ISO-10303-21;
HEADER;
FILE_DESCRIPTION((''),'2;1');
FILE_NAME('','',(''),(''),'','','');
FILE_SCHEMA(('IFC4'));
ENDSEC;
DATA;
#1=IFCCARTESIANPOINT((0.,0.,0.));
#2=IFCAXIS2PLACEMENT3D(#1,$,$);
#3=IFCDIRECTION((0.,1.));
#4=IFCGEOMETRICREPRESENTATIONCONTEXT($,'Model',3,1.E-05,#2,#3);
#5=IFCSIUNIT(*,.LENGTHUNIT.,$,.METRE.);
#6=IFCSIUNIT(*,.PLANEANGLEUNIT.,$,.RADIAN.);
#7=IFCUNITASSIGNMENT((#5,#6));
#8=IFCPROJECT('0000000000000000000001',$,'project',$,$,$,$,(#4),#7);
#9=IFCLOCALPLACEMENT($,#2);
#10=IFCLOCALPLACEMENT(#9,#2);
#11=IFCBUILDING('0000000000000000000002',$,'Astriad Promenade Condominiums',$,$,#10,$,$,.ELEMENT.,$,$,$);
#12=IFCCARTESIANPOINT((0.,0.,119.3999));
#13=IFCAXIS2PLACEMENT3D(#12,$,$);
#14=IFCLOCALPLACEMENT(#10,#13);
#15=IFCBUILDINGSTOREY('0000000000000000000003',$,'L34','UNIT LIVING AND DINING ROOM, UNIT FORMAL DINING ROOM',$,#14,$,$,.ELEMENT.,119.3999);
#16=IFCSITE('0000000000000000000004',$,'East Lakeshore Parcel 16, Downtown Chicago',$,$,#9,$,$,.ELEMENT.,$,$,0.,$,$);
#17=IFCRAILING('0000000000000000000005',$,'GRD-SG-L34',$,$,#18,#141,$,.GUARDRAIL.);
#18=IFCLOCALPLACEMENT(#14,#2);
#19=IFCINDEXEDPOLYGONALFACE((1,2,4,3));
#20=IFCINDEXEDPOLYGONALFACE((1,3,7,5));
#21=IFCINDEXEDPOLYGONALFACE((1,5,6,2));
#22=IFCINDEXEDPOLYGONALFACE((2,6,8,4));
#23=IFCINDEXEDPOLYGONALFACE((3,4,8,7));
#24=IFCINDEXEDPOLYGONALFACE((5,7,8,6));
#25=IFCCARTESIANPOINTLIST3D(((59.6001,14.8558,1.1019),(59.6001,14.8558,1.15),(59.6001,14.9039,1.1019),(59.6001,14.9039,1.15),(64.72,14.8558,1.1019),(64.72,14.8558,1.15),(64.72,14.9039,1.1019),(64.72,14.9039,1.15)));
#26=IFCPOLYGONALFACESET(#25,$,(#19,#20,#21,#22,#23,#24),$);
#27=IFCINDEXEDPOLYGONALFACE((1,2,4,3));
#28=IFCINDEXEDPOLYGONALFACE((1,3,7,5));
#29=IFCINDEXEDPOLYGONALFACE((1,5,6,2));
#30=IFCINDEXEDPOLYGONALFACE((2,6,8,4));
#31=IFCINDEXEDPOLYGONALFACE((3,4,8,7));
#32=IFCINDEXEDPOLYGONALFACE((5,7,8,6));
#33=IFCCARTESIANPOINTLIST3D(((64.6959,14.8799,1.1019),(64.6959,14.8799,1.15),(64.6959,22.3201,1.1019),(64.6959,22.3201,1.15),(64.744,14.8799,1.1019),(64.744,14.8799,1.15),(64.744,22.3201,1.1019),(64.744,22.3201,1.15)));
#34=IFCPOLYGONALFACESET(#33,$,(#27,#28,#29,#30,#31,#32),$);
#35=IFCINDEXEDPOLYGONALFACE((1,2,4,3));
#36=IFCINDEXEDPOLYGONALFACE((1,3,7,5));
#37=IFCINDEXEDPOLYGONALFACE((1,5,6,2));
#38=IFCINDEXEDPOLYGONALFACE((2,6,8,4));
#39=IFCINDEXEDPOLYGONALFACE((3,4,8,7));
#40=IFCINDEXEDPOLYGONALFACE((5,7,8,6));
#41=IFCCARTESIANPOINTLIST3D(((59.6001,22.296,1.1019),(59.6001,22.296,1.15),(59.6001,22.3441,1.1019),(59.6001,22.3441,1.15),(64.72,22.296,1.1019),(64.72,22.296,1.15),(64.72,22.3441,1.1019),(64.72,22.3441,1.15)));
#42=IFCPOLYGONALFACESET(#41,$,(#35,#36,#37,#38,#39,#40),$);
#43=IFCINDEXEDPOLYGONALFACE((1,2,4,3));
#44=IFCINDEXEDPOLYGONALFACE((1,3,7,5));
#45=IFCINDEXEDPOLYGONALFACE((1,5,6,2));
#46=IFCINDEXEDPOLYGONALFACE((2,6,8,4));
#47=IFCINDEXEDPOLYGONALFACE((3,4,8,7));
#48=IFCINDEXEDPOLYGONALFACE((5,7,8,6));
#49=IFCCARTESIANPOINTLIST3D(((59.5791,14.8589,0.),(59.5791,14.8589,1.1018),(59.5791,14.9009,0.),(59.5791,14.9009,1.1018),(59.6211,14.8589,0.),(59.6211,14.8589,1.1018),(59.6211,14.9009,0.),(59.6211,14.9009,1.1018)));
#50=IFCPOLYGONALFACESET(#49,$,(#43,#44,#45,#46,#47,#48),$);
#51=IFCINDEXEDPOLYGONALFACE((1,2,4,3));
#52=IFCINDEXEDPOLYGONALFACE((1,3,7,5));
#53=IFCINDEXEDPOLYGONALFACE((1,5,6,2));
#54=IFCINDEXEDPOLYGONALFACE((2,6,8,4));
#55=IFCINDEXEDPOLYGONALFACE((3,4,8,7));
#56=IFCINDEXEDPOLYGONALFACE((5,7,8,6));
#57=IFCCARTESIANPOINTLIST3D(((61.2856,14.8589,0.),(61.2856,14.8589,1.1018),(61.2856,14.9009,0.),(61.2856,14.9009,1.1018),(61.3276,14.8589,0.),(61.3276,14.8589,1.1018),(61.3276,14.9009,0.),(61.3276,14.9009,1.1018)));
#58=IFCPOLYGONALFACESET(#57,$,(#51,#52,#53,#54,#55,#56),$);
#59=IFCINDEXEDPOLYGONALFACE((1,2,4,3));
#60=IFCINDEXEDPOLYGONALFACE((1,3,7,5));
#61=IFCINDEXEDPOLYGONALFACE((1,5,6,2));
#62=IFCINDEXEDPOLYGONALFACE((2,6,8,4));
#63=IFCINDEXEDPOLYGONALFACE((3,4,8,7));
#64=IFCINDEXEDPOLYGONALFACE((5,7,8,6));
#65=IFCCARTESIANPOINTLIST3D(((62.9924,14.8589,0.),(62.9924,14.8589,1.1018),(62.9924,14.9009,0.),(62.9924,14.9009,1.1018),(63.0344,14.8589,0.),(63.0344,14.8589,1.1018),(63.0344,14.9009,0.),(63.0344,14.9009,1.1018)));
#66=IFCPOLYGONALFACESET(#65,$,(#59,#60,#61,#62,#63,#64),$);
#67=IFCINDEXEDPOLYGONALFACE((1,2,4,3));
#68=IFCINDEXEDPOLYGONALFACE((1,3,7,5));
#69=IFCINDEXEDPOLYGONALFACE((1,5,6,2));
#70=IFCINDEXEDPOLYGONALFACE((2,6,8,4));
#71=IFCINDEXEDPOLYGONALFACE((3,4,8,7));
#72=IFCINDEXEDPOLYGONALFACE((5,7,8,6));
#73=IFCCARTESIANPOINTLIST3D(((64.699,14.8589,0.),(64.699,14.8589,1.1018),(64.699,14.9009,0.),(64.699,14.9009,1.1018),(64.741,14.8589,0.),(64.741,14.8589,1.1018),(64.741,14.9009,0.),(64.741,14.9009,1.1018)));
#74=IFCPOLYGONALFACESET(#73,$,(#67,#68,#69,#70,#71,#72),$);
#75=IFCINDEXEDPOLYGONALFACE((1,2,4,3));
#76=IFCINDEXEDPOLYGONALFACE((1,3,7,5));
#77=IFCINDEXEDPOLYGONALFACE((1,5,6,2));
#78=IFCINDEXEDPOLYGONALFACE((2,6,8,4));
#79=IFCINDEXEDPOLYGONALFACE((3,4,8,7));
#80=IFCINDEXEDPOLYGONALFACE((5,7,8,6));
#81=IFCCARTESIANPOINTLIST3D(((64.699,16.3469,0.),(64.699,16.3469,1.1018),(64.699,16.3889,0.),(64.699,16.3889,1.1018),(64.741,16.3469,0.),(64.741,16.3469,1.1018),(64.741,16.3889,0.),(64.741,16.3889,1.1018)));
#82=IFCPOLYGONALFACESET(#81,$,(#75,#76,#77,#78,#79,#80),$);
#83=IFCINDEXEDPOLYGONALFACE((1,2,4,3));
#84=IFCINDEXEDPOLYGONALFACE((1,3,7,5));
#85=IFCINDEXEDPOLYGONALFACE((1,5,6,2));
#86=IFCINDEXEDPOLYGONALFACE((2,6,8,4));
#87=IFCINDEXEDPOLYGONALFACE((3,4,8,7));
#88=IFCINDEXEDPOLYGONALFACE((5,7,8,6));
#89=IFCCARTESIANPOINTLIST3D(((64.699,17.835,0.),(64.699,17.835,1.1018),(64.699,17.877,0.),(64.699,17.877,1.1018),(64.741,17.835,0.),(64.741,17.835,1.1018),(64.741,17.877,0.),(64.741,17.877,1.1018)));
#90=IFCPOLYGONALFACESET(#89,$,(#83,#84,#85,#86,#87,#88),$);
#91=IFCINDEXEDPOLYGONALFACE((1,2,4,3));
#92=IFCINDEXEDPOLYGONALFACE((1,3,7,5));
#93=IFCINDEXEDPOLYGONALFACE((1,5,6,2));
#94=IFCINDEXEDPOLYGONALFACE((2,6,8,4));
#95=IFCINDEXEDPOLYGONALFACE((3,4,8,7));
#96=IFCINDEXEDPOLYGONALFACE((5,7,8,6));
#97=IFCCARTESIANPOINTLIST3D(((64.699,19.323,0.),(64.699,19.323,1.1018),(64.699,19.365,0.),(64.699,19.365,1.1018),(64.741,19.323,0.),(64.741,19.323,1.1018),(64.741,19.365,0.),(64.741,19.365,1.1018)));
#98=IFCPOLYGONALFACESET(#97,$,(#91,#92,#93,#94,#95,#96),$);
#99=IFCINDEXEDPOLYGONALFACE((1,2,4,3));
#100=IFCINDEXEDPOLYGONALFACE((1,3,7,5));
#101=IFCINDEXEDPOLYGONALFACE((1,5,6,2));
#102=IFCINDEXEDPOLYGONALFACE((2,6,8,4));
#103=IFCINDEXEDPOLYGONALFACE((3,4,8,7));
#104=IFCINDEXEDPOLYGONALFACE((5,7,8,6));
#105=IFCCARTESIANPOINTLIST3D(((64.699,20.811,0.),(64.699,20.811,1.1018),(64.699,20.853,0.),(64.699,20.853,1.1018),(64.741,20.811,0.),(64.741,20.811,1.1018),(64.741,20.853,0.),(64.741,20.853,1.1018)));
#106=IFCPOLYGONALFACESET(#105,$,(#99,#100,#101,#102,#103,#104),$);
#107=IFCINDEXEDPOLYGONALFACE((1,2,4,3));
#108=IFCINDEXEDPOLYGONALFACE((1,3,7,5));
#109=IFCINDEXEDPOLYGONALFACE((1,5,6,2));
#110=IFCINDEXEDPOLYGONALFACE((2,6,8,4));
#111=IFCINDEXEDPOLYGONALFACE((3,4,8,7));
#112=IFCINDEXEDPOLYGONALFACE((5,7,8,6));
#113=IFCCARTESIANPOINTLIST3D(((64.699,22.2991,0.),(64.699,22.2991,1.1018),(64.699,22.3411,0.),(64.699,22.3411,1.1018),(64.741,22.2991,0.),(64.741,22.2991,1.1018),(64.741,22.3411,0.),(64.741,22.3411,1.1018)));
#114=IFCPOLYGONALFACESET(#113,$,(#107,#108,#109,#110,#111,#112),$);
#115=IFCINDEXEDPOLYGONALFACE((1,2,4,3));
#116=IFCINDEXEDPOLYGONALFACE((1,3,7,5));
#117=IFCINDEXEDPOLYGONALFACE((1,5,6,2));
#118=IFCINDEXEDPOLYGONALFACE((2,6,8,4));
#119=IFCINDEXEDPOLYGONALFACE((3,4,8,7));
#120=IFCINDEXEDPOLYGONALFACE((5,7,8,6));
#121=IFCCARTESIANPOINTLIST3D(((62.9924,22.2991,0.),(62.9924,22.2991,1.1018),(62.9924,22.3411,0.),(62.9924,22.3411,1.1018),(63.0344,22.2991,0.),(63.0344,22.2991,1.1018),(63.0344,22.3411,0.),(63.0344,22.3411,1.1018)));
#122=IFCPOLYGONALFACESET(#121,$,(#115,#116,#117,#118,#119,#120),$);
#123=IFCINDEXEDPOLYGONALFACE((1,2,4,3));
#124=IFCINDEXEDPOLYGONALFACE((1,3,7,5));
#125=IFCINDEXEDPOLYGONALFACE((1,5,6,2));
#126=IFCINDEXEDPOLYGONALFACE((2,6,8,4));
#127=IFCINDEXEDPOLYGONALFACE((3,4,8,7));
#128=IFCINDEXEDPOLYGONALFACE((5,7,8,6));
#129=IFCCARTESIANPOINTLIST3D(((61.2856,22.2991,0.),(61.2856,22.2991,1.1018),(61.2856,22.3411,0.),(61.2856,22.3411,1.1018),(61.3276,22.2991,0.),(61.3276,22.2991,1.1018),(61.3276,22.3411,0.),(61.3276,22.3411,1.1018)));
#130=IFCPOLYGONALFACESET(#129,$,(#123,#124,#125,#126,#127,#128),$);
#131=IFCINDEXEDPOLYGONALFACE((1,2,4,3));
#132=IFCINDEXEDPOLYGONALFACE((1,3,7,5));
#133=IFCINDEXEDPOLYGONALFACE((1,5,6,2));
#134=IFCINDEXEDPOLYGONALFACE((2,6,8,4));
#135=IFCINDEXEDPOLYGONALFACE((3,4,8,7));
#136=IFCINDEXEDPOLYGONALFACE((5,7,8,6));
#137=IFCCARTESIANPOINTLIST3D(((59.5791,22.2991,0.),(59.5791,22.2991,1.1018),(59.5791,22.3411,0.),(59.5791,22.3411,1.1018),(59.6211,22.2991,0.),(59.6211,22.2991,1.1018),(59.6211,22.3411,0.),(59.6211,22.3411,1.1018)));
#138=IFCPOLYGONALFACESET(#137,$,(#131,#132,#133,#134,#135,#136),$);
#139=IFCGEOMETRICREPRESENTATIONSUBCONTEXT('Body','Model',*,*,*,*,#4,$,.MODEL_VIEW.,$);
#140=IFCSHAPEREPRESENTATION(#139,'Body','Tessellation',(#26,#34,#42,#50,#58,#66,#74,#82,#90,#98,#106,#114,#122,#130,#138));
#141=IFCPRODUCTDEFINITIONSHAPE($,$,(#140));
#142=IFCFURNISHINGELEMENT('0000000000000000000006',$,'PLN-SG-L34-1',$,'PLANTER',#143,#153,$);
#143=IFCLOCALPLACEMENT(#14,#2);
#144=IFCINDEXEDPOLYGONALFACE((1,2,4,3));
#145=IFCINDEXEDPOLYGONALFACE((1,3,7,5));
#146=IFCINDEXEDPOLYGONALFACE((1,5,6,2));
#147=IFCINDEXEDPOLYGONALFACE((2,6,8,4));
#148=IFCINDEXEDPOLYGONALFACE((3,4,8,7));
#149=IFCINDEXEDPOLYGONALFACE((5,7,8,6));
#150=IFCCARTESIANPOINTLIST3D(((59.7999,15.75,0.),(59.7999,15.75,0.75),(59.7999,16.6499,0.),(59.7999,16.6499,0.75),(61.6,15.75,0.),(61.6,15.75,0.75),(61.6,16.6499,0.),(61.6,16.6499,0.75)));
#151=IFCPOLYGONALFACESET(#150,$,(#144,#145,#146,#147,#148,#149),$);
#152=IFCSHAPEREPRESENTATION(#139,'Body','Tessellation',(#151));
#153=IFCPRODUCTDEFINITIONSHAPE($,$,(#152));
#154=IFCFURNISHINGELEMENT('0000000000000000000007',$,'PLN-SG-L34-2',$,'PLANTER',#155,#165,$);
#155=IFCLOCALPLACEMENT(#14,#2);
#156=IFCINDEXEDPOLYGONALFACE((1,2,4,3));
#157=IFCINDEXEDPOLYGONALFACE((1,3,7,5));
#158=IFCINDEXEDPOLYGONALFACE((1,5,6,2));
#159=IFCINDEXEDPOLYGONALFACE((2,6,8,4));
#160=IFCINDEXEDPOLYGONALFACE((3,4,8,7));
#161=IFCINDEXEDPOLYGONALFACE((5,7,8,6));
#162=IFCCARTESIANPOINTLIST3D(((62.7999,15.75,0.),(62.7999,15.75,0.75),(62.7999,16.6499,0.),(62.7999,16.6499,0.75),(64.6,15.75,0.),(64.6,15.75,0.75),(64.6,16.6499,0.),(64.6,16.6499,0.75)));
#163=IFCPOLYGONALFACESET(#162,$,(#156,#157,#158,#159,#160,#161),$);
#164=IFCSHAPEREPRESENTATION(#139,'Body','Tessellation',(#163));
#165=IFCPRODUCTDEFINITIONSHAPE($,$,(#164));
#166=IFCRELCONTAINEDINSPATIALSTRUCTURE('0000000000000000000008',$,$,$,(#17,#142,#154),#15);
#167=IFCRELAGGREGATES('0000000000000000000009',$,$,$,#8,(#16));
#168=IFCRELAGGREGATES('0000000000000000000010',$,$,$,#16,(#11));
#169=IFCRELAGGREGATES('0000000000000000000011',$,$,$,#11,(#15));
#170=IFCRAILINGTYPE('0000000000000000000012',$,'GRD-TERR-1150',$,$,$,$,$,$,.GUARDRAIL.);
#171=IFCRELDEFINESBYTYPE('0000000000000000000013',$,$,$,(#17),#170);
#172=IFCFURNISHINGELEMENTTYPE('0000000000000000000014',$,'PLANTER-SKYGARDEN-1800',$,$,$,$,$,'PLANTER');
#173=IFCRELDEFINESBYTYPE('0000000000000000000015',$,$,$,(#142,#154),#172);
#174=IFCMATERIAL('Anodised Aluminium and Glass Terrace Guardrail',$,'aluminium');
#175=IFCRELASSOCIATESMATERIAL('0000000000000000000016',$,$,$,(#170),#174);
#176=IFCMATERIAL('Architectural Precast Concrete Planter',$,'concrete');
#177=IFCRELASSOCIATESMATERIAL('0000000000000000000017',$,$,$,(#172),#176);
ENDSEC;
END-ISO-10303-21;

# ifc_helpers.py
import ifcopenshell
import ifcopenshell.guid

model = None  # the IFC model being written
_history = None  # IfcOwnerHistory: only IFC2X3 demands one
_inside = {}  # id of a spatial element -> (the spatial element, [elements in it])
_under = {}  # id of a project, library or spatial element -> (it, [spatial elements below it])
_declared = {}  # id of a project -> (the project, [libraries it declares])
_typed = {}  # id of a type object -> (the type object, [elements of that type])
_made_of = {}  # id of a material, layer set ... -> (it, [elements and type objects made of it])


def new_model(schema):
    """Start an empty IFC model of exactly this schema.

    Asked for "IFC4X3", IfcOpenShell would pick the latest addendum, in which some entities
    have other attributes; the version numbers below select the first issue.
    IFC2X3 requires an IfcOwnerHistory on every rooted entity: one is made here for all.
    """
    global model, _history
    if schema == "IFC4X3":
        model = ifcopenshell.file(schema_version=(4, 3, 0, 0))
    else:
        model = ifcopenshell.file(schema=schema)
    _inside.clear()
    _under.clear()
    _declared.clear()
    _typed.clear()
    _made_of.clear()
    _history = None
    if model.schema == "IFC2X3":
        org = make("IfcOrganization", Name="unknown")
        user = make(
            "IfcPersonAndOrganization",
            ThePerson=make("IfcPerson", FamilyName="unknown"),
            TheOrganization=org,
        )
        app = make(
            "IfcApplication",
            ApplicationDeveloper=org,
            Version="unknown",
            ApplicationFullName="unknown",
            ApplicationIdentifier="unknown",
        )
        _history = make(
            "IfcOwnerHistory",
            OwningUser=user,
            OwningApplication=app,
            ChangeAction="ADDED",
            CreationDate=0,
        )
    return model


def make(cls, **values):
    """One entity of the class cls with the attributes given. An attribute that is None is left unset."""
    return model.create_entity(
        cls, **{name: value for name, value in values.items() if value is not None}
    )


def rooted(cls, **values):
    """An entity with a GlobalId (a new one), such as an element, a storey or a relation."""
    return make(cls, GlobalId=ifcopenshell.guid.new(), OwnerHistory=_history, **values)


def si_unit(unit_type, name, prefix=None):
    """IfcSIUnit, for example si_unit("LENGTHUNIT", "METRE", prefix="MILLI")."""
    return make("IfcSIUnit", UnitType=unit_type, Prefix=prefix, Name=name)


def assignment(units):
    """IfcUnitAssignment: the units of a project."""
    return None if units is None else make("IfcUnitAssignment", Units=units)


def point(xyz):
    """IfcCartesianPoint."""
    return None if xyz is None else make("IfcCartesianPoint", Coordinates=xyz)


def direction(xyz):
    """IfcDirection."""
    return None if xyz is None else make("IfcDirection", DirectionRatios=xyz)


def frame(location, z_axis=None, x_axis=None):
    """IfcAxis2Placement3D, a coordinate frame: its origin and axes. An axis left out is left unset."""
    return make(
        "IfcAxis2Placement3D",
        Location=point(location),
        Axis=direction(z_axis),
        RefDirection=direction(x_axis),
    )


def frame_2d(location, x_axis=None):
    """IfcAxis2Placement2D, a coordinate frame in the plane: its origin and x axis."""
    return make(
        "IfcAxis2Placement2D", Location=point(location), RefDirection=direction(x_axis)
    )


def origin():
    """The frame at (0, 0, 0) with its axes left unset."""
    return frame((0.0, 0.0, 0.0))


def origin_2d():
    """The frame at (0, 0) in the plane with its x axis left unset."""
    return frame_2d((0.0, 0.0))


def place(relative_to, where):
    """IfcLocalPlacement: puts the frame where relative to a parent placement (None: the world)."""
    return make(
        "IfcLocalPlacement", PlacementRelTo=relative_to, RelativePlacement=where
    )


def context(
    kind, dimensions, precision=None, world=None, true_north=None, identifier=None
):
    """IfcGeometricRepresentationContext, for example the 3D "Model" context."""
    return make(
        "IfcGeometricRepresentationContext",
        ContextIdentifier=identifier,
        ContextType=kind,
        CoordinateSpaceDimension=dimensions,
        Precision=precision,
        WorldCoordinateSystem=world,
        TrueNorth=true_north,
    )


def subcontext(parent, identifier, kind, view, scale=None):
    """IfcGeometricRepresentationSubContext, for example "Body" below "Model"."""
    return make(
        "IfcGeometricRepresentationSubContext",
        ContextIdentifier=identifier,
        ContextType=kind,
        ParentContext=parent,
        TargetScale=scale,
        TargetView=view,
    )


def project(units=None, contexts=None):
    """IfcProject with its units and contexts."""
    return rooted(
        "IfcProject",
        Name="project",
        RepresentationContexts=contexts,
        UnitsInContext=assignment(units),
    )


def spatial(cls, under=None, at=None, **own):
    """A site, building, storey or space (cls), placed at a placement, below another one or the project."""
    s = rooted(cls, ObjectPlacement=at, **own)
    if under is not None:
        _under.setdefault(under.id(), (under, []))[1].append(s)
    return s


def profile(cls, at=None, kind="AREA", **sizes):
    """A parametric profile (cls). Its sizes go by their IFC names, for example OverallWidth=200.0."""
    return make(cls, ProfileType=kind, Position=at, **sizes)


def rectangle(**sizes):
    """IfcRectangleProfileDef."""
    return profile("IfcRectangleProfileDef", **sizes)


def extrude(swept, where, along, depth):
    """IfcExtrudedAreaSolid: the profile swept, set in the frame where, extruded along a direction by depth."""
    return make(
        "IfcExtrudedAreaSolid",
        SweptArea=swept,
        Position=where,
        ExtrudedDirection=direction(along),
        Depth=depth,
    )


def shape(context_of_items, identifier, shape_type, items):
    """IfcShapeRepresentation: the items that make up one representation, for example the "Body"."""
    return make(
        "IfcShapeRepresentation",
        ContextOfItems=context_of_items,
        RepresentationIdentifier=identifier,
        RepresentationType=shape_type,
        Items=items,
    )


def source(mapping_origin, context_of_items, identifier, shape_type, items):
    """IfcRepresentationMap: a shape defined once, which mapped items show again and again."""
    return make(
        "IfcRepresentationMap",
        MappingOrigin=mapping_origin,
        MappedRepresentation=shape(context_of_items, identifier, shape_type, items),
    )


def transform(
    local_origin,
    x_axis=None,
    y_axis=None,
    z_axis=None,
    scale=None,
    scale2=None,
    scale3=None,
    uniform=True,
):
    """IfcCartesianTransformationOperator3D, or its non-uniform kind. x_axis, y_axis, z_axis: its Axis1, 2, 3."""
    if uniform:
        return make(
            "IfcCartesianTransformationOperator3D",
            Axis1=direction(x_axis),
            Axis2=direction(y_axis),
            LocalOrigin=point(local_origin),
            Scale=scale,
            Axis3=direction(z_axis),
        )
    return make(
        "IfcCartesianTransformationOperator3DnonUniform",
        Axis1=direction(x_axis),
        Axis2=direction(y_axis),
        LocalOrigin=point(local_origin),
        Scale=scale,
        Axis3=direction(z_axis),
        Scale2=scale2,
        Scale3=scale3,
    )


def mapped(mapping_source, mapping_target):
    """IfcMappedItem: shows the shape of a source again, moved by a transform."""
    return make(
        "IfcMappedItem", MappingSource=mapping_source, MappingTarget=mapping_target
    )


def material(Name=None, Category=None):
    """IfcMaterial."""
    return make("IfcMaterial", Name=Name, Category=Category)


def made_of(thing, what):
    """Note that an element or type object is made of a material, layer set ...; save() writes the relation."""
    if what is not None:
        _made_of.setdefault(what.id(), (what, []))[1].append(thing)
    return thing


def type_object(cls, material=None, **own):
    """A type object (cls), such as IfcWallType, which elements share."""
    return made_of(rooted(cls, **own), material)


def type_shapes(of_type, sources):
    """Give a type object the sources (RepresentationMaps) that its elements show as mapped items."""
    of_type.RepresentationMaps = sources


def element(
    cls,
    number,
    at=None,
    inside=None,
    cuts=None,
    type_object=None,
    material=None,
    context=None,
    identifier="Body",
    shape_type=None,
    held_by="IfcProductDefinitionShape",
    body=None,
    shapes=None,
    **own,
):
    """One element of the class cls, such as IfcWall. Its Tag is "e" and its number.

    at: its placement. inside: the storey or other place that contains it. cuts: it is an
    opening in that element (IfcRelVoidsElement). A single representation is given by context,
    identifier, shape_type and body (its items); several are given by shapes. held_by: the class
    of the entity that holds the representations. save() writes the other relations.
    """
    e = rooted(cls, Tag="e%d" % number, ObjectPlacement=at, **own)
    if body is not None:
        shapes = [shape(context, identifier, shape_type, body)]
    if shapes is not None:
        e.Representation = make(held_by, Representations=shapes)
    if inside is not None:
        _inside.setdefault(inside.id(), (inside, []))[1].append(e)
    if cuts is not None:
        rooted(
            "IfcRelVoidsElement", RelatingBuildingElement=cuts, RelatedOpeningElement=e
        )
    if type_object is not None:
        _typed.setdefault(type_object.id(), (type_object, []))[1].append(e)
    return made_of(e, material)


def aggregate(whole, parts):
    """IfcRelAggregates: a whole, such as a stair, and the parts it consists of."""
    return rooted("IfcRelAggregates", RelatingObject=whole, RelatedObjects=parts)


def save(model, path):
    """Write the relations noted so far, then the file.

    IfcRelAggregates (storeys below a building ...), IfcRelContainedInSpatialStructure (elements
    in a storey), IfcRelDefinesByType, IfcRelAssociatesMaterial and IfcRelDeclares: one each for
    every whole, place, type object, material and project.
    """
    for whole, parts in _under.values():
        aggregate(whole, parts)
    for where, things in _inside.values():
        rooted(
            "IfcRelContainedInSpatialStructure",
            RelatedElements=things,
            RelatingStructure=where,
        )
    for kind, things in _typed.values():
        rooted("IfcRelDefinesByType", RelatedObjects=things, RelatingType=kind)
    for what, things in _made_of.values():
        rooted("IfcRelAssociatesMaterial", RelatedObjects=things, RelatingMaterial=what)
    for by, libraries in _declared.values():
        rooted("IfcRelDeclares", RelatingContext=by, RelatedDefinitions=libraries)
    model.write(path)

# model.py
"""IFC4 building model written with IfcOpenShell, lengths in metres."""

from ifc_helpers import new_model, si_unit, direction, frame, origin, origin_2d, place, context, subcontext, project, spatial, rectangle, extrude, source, transform, mapped, material, type_object, type_shapes, element, save


model = new_model("IFC4")

# Units and contexts
model_context = context("Model", 3, precision=1e-05, world=origin(), true_north=direction((0.0, 1.0)))
body_context = subcontext(model_context, "Body", "Model", "MODEL_VIEW")
ifc_project = project(units=[si_unit("LENGTHUNIT", "METRE"), si_unit("PLANEANGLEUNIT", "RADIAN")], contexts=[model_context])

# Site, building, storey
site_placement = place(None, origin())
site = spatial("IfcSite", under=ifc_project, at=site_placement, Name="East Lakeshore Parcel 16, Downtown Chicago", CompositionType="ELEMENT", RefElevation=0.0)
building_placement = place(site_placement, origin())
building = spatial("IfcBuilding", under=site, at=building_placement, Name="Astriad Promenade Condominiums", CompositionType="ELEMENT")
storey_placement = place(building_placement, frame((0.0, 0.0, 119.3999)))
storey = spatial("IfcBuildingStorey", under=building, at=storey_placement, Name="L34", Description="UNIT LIVING AND DINING ROOM, UNIT FORMAL DINING ROOM", CompositionType="ELEMENT", Elevation=119.3999)

# Railing
ifc_material_1 = material(Name="Anodised Aluminium and Glass Terrace Guardrail", Category="aluminium")
railing_type = type_object("IfcRailingType", Name="GRD-TERR-1150", PredefinedType="GUARDRAIL", material=ifc_material_1)
shared_shape_1 = source(origin(), body_context, "Body", "SweptSolid", [
    extrude(rectangle(XDim=0.0481, YDim=0.0481, at=origin_2d()), frame((0.0, 0.0, 1.126), z_axis=(1.0, 0.0, 0.0), x_axis=(0.0, 1.0, 0.0)), (0.0, 0.0, 1.0), 5.1199),
    extrude(rectangle(XDim=0.0481, YDim=0.0481, at=origin_2d()), frame((5.1199, 0.0, 1.126), z_axis=(0.0, 1.0, 0.0), x_axis=(-1.0, 0.0, 0.0)), (0.0, 0.0, 1.0), 7.4402),
    extrude(rectangle(XDim=0.0481, YDim=0.0481, at=origin_2d()), frame((5.1199, 7.4402, 1.126), z_axis=(-1.0, 0.0, 0.0), x_axis=(0.0, -1.0, 0.0)), (0.0, 0.0, 1.0), 5.1199),
    extrude(rectangle(XDim=0.042, YDim=0.042, at=origin_2d()), origin(), (0.0, 0.0, 1.0), 1.1018),
    extrude(rectangle(XDim=0.042, YDim=0.042, at=origin_2d()), frame((1.7065, 0.0, 0.0)), (0.0, 0.0, 1.0), 1.1018),
    extrude(rectangle(XDim=0.042, YDim=0.042, at=origin_2d()), frame((3.4133, 0.0, 0.0)), (0.0, 0.0, 1.0), 1.1018),
    extrude(rectangle(XDim=0.042, YDim=0.042, at=origin_2d()), frame((5.1199, 0.0, 0.0)), (0.0, 0.0, 1.0), 1.1018),
    extrude(rectangle(XDim=0.042, YDim=0.042, at=origin_2d()), frame((5.1199, 1.488, 0.0)), (0.0, 0.0, 1.0), 1.1018),
    extrude(rectangle(XDim=0.042, YDim=0.042, at=origin_2d()), frame((5.1199, 2.9761, 0.0)), (0.0, 0.0, 1.0), 1.1018),
    extrude(rectangle(XDim=0.042, YDim=0.042, at=origin_2d()), frame((5.1199, 4.4641, 0.0)), (0.0, 0.0, 1.0), 1.1018),
    extrude(rectangle(XDim=0.042, YDim=0.042, at=origin_2d()), frame((5.1199, 5.9521, 0.0)), (0.0, 0.0, 1.0), 1.1018),
    extrude(rectangle(XDim=0.042, YDim=0.042, at=origin_2d()), frame((5.1199, 7.4402, 0.0)), (0.0, 0.0, 1.0), 1.1018),
    extrude(rectangle(XDim=0.042, YDim=0.042, at=origin_2d()), frame((3.4133, 7.4402, 0.0)), (0.0, 0.0, 1.0), 1.1018),
    extrude(rectangle(XDim=0.042, YDim=0.042, at=origin_2d()), frame((1.7065, 7.4402, 0.0)), (0.0, 0.0, 1.0), 1.1018),
    extrude(rectangle(XDim=0.042, YDim=0.042, at=origin_2d()), frame((0.0, 7.4402, 0.0)), (0.0, 0.0, 1.0), 1.1018),
])
type_shapes(railing_type, [shared_shape_1])
railing_placement = place(storey_placement, frame((59.6001, 14.8799, 0.0)))
element("IfcRailing", 1, at=railing_placement, inside=storey, type_object=railing_type, Name="GRD-SG-L34", PredefinedType="GUARDRAIL", context=body_context, shape_type="MappedRepresentation", body=[
    mapped(shared_shape_1, transform((0.0, 0.0, 0.0), scale=1.0)),
])

# Furnishing elements
ifc_material_2 = material(Name="Architectural Precast Concrete Planter", Category="concrete")
furnishing_element_type = type_object("IfcFurnishingElementType", Name="PLANTER-SKYGARDEN-1800", ElementType="PLANTER", material=ifc_material_2)
shared_shape_2 = source(origin(), body_context, "Body", "SweptSolid", [
    extrude(rectangle(XDim=1.8, YDim=0.8999, at=origin_2d()), origin(), (0.0, 0.0, 1.0), 0.75),
])
type_shapes(furnishing_element_type, [shared_shape_2])
for number, where, z_axis, x_axis, name in (
    (2, (60.7, 16.2, 0.0), (0.0, 0.0, 1.0), (1.0, 0.0, 0.0), "PLN-SG-L34-1"),
    (3, (63.7, 16.2, 0.0), (0.0, 0.0, 1.0), (1.0, 0.0, 0.0), "PLN-SG-L34-2"),
):
    element("IfcFurnishingElement", number, at=place(storey_placement, frame(where, z_axis=z_axis, x_axis=x_axis)), inside=storey, type_object=furnishing_element_type, Name=name, ObjectType="PLANTER", context=body_context, shape_type="MappedRepresentation", body=[
        mapped(shared_shape_2, transform((0.0, 0.0, 0.0), scale=1.0)),
    ])

save(model, "model.ifc")
